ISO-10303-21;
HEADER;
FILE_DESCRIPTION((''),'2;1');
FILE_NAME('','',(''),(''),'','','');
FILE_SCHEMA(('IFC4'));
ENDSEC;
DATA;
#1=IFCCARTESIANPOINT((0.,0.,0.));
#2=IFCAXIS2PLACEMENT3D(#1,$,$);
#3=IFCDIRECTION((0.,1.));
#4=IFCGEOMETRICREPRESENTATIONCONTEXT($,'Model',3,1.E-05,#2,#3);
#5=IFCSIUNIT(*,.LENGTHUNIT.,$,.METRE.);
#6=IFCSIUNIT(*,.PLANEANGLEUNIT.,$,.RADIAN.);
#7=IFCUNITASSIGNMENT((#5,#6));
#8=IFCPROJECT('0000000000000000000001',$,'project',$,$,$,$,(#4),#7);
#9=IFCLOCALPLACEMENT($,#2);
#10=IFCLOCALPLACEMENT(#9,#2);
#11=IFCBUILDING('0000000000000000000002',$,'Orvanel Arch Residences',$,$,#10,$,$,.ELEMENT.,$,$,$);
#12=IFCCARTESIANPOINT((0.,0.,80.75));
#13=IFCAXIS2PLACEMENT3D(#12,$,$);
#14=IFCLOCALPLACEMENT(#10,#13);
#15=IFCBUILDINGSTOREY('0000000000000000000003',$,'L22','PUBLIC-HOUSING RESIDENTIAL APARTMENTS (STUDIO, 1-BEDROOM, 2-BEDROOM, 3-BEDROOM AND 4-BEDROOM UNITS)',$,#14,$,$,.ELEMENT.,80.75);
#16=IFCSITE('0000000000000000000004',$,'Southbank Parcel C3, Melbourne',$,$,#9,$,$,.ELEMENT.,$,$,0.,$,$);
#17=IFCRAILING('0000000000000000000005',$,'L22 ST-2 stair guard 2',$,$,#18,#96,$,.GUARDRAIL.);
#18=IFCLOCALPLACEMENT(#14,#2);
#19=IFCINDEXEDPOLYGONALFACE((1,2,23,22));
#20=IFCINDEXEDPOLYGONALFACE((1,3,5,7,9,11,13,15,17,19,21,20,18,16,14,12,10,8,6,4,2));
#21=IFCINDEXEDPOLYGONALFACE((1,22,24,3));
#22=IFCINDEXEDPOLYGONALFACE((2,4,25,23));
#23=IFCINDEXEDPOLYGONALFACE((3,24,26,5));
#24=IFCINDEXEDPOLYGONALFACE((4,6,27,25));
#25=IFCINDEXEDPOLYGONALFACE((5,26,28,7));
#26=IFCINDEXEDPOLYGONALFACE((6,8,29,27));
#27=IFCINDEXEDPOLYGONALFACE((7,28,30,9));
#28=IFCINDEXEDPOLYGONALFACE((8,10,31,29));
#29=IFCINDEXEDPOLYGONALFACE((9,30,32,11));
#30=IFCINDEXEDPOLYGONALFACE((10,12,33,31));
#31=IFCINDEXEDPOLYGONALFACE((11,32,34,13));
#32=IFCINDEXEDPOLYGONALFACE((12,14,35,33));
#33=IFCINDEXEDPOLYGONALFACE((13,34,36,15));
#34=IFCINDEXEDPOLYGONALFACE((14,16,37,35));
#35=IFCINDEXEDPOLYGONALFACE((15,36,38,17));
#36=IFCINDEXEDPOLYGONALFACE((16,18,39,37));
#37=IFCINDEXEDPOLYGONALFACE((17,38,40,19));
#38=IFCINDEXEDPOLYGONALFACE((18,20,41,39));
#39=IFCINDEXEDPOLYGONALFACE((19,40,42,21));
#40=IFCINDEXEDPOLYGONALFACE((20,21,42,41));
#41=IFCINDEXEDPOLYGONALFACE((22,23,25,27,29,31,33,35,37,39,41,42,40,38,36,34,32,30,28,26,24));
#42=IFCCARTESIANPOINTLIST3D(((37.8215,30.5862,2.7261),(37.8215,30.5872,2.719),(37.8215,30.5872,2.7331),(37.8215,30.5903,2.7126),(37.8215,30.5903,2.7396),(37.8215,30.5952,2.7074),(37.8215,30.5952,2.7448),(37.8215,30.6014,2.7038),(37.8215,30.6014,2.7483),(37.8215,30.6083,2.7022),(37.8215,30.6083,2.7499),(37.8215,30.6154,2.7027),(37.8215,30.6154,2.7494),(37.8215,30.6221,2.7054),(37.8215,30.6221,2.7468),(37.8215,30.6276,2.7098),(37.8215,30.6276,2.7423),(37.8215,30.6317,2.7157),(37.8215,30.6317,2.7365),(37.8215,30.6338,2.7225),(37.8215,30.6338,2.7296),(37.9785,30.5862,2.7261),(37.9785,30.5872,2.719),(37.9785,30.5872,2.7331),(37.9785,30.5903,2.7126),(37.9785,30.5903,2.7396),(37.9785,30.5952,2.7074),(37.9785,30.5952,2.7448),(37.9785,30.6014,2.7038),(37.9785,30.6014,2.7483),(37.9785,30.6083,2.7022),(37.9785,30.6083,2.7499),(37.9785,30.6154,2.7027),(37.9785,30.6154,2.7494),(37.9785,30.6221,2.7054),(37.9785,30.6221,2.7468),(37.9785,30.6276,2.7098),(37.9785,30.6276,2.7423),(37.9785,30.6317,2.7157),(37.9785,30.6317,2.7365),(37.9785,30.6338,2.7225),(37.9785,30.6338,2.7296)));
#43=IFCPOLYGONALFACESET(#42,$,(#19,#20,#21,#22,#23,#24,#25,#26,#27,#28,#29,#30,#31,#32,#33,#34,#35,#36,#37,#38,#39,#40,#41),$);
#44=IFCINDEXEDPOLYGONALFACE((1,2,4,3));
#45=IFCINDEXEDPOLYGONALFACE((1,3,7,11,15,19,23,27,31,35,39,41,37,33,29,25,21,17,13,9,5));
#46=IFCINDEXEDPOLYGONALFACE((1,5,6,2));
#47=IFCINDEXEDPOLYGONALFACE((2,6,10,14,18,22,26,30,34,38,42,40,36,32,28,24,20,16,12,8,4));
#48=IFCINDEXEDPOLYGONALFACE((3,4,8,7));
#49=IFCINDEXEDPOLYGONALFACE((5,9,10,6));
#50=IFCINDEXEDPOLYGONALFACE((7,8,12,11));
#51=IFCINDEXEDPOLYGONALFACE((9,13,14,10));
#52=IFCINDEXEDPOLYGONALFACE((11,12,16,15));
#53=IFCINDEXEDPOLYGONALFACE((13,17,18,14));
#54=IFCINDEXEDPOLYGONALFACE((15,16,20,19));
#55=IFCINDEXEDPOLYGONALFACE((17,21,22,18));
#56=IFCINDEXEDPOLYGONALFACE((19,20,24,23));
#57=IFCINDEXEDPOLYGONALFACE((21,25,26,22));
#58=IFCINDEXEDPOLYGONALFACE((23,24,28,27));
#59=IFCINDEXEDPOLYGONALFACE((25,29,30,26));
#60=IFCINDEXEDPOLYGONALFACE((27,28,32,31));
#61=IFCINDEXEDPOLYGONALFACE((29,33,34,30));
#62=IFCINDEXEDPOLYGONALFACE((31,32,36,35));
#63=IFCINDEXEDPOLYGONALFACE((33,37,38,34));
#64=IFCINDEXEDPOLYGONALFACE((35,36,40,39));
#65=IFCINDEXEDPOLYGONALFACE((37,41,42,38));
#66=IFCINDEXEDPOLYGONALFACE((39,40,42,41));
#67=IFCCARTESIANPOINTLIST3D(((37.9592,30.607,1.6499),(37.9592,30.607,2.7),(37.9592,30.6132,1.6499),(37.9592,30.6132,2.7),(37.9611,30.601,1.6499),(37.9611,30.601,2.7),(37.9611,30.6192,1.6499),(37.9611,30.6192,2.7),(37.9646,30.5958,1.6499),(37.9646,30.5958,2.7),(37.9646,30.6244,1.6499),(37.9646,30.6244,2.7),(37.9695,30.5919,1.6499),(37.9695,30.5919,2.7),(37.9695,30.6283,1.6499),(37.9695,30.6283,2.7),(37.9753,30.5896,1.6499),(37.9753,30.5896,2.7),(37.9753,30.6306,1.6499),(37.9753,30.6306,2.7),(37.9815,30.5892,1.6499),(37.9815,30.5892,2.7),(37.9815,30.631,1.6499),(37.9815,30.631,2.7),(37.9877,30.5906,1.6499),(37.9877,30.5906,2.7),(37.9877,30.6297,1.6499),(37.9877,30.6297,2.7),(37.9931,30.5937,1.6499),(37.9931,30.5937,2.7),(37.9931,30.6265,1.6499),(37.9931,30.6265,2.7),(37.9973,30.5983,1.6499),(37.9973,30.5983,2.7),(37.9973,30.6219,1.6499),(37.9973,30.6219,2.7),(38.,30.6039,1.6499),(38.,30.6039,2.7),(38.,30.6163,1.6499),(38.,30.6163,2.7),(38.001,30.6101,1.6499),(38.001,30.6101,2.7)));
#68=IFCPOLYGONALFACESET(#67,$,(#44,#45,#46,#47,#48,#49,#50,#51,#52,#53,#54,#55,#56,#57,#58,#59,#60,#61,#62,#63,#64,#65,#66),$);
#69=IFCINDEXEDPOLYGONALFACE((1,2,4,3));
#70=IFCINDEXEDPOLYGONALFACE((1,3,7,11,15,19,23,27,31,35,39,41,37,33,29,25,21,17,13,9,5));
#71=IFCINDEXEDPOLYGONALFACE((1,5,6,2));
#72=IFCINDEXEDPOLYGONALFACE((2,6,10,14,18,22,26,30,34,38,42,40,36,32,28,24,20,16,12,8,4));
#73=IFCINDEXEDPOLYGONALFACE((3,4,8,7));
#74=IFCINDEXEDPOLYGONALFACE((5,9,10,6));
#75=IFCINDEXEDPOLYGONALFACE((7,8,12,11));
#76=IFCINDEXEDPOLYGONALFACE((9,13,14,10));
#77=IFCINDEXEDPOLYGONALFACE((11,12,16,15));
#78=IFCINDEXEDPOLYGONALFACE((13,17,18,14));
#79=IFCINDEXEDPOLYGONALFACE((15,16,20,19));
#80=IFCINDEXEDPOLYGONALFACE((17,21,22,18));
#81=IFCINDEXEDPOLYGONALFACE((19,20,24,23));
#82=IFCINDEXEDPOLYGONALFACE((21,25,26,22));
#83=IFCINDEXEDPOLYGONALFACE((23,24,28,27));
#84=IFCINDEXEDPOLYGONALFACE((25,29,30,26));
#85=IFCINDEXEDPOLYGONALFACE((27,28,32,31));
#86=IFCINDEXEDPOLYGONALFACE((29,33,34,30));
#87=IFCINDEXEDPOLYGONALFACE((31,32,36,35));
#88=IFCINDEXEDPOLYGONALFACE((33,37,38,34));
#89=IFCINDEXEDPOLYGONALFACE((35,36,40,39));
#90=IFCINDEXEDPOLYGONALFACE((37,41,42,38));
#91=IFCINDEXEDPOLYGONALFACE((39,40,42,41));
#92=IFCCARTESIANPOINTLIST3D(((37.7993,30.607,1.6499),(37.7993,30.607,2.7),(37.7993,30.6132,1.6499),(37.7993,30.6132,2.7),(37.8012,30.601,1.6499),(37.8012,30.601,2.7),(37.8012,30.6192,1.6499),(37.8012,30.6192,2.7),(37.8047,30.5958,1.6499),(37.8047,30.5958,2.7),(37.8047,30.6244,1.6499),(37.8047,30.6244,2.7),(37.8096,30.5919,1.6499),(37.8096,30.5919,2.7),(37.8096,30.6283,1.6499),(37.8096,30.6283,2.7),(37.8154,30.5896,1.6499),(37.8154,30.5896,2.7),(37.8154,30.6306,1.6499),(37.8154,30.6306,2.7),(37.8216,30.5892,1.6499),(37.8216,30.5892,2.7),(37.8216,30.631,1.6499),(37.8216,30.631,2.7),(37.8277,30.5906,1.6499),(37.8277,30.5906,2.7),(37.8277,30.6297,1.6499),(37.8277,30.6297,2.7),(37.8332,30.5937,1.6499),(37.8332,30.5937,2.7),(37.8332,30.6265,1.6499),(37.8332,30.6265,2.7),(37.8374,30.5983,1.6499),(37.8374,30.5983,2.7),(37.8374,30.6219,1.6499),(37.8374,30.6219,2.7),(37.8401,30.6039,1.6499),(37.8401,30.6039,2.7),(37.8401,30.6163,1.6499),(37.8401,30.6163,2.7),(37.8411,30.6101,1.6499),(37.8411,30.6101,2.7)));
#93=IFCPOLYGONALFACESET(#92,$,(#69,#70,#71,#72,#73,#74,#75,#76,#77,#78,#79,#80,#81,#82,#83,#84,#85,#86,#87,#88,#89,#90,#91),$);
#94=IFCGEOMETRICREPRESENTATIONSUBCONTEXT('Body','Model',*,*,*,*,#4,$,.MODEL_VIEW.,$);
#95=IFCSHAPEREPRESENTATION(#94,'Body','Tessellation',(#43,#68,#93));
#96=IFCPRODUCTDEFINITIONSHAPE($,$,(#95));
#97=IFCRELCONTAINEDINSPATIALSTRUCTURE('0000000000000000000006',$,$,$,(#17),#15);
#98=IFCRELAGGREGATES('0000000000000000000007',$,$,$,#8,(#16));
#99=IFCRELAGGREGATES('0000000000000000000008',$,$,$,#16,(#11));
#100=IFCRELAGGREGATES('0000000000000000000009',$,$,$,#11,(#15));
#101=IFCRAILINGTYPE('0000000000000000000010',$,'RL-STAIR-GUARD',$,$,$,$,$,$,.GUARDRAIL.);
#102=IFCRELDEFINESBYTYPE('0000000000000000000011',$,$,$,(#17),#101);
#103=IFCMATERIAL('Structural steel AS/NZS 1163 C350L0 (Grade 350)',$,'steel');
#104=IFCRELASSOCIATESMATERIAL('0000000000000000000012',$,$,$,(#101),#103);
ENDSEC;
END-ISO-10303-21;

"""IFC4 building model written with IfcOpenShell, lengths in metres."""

from ifc_helpers import new_model, si_unit, direction, frame, origin, origin_2d, place, context, subcontext, project, spatial, circle, extrude, material, type_object, element, save


model = new_model("IFC4")

# Units and contexts
model_context = context("Model", 3, precision=1e-05, world=origin(), true_north=direction((0.0, 1.0)))
body_context = subcontext(model_context, "Body", "Model", "MODEL_VIEW")
ifc_project = project(units=[si_unit("LENGTHUNIT", "METRE"), si_unit("PLANEANGLEUNIT", "RADIAN")], contexts=[model_context])

# Site, building, storey
site_placement = place(None, origin())
site = spatial("IfcSite", under=ifc_project, at=site_placement, Name="Southbank Parcel C3, Melbourne", CompositionType="ELEMENT", RefElevation=0.0)
building_placement = place(site_placement, origin())
building = spatial("IfcBuilding", under=site, at=building_placement, Name="Orvanel Arch Residences", CompositionType="ELEMENT")
storey_placement = place(building_placement, frame((0.0, 0.0, 80.75)))
storey = spatial("IfcBuildingStorey", under=building, at=storey_placement, Name="L22", Description="PUBLIC-HOUSING RESIDENTIAL APARTMENTS (STUDIO, 1-BEDROOM, 2-BEDROOM, 3-BEDROOM AND 4-BEDROOM UNITS)", CompositionType="ELEMENT", Elevation=80.75)

# Railing
ifc_material_1 = material(Name="Structural steel AS/NZS 1163 C350L0 (Grade 350)", Category="steel")
railing_type_1 = type_object("IfcRailingType", Name="RL-STAIR-GUARD", PredefinedType="GUARDRAIL", material=ifc_material_1)
railing_1_placement = place(storey_placement, frame((37.98, 30.6101, 1.6499)))
element("IfcRailing", 1, at=railing_1_placement, inside=storey, type_object=railing_type_1, Name="L22 ST-2 stair guard 2", PredefinedType="GUARDRAIL", context=body_context, shape_type="SweptSolid", body=[
    extrude(circle(Radius=0.0239, at=origin_2d()), frame((-0.0015, 0.0, 1.0762), z_axis=(-1.0, 0.0, 0.0), x_axis=(0.0, -1.0, 0.0)), (0.0, 0.0, 1.0), 0.157),
    extrude(circle(Radius=0.021, at=origin_2d()), origin(), (0.0, 0.0, 1.0), 1.05),
    extrude(circle(Radius=0.021, at=origin_2d()), frame((-0.1599, 0.0, 0.0)), (0.0, 0.0, 1.0), 1.05),
])

save(model, "model.ifc")
